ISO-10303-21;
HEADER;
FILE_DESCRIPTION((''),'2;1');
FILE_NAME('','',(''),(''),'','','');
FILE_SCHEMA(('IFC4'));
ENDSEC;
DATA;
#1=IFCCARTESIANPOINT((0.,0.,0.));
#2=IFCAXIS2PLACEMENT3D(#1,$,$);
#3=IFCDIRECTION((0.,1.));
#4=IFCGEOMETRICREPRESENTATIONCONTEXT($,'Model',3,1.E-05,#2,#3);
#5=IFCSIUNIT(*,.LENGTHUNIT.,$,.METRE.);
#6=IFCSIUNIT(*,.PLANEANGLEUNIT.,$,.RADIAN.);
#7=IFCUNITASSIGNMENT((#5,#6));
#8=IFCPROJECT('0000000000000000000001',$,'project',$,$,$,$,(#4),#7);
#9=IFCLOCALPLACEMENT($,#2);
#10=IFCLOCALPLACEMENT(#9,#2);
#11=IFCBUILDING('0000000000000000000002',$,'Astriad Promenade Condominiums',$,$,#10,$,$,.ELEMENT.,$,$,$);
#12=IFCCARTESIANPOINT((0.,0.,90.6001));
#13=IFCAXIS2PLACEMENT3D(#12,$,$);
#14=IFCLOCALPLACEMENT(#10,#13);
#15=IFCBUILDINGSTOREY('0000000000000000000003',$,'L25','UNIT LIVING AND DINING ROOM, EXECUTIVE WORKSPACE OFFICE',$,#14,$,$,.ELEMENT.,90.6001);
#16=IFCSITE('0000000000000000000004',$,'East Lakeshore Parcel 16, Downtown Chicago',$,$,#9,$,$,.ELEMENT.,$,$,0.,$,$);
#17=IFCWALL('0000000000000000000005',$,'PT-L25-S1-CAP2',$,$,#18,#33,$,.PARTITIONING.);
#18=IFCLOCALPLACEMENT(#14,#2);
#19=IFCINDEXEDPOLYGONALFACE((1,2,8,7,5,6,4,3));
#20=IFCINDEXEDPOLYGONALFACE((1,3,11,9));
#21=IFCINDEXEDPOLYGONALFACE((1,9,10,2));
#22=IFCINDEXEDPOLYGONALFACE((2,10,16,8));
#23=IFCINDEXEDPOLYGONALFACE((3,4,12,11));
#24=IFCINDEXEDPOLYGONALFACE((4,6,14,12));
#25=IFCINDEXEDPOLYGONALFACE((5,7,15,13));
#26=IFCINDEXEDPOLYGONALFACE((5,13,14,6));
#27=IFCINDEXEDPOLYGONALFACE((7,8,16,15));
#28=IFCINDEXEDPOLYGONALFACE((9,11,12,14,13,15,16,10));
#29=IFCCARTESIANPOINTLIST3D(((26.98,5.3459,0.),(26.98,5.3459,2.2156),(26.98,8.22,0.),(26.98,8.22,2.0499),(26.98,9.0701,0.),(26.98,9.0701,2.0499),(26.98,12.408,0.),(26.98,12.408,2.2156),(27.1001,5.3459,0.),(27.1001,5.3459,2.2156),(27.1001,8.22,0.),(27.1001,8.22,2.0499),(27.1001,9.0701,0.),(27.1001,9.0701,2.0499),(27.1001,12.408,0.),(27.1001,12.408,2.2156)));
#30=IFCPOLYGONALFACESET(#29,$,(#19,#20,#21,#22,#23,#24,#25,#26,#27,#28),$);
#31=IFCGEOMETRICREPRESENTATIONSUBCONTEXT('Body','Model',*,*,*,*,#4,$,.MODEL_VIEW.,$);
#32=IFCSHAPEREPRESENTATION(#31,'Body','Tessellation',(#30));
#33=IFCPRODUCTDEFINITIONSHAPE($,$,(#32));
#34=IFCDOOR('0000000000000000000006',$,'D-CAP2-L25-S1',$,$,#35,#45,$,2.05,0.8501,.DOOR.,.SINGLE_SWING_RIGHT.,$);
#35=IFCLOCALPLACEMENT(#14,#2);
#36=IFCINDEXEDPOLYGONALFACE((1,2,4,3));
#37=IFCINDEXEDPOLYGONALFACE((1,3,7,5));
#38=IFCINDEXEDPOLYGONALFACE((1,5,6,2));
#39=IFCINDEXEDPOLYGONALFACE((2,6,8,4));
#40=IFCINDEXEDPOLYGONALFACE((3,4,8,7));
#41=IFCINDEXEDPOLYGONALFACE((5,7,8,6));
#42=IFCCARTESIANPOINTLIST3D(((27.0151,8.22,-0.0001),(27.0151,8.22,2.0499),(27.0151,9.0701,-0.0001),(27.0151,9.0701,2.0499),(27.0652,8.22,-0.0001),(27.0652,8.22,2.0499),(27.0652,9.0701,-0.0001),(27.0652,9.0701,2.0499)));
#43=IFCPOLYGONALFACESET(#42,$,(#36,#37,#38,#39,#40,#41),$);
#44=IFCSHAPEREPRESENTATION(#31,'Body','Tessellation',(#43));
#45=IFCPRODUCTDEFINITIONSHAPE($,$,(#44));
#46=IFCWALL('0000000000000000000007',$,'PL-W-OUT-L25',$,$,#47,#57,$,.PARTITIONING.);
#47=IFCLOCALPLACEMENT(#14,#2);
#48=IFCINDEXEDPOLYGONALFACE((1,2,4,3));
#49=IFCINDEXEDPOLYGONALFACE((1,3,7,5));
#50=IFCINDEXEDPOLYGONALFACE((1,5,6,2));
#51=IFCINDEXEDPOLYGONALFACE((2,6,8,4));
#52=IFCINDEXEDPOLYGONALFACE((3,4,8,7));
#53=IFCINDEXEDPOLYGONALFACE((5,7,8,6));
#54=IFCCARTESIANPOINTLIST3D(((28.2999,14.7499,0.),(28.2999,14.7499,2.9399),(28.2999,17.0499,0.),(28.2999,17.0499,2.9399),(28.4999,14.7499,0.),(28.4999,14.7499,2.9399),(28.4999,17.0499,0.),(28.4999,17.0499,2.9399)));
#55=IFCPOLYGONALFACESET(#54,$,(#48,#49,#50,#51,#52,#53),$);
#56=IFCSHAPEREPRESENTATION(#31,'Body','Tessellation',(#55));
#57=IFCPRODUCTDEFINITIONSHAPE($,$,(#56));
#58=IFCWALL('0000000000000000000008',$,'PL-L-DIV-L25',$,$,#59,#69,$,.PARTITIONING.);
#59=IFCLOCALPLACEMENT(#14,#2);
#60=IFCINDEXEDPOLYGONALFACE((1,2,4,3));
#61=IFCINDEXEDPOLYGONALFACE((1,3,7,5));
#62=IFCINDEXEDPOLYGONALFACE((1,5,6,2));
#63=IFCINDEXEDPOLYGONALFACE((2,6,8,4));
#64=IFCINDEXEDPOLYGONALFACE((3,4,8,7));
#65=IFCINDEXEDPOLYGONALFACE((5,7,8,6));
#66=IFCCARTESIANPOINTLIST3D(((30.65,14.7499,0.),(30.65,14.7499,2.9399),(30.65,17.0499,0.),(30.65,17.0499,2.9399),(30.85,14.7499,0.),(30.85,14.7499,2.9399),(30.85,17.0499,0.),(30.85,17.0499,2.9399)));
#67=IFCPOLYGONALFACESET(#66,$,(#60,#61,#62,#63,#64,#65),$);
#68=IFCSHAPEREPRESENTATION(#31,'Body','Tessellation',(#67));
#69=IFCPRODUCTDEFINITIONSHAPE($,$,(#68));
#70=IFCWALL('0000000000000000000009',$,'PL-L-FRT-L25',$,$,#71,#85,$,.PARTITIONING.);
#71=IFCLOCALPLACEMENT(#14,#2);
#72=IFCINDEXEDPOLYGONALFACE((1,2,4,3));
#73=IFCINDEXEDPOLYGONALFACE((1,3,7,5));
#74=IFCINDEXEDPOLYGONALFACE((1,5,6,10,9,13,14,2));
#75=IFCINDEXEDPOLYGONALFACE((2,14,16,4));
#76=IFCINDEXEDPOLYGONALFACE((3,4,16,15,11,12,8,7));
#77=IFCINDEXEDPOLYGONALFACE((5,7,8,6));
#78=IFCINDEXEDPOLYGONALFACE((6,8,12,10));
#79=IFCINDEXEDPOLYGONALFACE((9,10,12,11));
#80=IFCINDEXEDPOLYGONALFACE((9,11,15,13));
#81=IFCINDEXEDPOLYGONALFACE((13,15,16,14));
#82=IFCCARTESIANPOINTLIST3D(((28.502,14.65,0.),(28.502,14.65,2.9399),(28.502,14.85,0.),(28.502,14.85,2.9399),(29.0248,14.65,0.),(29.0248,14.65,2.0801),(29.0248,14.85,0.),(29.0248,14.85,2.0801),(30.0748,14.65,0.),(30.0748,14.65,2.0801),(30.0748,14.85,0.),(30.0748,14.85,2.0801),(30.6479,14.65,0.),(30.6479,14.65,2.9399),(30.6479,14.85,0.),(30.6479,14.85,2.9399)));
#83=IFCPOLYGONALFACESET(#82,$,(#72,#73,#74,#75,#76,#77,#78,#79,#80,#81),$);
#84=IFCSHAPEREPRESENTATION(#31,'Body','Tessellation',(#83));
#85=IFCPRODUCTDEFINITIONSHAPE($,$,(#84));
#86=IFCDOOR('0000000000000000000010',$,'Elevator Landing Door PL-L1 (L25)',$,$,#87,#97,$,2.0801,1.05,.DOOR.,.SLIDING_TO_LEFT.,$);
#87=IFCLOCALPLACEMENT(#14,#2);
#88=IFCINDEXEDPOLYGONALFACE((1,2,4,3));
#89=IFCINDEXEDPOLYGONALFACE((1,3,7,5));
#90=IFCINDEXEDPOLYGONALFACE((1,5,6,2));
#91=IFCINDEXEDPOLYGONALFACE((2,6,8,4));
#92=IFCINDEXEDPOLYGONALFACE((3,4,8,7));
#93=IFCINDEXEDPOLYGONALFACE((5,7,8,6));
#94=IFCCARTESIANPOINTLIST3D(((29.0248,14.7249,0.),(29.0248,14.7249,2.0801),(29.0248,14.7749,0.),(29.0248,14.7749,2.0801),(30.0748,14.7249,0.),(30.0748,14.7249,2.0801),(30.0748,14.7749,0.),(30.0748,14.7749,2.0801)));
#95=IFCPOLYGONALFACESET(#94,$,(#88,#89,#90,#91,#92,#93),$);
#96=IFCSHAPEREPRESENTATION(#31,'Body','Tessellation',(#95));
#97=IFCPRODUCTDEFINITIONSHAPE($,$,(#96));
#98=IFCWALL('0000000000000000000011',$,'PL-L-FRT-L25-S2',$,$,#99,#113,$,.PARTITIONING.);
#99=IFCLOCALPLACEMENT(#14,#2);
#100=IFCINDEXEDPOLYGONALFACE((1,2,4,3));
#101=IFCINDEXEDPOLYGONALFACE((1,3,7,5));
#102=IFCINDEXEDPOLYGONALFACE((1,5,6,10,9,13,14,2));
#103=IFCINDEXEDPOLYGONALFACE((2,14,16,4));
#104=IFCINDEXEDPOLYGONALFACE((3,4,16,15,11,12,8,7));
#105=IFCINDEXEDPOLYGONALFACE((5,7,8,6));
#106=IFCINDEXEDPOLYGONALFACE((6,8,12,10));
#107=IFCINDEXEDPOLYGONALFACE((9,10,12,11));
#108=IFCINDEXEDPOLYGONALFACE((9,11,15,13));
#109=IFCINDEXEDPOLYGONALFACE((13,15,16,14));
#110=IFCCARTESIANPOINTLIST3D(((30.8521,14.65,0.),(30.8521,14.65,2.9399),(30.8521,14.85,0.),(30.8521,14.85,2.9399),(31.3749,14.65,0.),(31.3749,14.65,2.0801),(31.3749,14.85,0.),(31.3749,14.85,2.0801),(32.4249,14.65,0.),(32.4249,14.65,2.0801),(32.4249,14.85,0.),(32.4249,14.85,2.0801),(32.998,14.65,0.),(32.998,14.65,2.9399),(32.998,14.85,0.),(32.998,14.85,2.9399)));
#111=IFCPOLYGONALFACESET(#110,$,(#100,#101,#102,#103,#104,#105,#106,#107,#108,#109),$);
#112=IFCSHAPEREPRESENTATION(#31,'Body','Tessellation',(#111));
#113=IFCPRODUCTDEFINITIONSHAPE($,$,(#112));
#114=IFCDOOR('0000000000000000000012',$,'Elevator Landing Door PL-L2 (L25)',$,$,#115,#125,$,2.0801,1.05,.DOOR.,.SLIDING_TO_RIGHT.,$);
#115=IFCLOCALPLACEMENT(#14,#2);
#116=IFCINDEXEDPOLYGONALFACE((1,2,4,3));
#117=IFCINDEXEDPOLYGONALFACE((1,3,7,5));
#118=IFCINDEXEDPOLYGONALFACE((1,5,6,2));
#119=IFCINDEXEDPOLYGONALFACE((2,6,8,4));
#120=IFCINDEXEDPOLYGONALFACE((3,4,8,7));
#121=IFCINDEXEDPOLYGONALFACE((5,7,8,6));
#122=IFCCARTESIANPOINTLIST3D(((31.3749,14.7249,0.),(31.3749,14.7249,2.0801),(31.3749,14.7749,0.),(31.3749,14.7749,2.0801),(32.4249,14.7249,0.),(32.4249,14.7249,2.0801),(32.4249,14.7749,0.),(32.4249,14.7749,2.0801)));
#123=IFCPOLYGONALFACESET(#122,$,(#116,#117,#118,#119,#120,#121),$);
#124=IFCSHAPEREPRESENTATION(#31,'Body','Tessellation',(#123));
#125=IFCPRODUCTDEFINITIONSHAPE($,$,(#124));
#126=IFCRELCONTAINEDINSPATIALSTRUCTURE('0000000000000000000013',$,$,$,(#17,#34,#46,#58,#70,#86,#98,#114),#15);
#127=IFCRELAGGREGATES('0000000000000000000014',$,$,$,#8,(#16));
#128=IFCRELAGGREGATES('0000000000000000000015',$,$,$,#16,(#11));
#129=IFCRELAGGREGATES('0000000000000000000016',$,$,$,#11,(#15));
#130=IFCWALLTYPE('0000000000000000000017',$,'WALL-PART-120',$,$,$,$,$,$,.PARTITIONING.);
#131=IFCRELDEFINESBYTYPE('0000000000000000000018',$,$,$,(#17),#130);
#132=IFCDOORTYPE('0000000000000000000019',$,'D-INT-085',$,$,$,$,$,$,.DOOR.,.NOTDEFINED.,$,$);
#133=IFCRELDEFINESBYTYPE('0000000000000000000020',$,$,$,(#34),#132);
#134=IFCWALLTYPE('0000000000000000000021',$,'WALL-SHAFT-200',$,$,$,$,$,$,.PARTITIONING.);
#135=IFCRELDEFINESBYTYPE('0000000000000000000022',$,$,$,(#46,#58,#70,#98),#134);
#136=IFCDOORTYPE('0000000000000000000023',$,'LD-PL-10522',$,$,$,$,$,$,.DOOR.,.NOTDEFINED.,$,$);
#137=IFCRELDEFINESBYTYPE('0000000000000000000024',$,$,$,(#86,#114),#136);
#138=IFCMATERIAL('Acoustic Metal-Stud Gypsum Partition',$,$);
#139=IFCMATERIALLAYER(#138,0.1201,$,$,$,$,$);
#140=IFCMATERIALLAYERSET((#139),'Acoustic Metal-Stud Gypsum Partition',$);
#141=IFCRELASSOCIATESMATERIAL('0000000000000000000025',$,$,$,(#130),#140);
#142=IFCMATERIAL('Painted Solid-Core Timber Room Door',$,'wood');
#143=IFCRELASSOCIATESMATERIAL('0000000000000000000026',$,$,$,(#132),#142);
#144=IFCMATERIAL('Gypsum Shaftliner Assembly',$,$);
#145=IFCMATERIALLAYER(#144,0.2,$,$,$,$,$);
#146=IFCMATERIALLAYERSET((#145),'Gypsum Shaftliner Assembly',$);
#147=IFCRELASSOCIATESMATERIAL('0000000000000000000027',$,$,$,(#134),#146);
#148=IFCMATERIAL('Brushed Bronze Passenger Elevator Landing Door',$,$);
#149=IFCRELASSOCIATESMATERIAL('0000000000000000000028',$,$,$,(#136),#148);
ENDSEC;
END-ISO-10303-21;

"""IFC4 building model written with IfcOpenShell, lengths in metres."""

from ifc_helpers import new_model, si_unit, direction, frame, frame_2d, origin, place, context, subcontext, project, spatial, rectangle, extrude, source, transform, mapped, material, layer, layer_set, type_object, type_shapes, element, fill, save


model = new_model("IFC4")

# Units and contexts
model_context = context("Model", 3, precision=1e-05, world=origin(), true_north=direction((0.0, 1.0)))
body_context = subcontext(model_context, "Body", "Model", "MODEL_VIEW")
ifc_project = project(units=[si_unit("LENGTHUNIT", "METRE"), si_unit("PLANEANGLEUNIT", "RADIAN")], contexts=[model_context])

# Site, building, storey
site_placement = place(None, origin())
site = spatial("IfcSite", under=ifc_project, at=site_placement, Name="East Lakeshore Parcel 16, Downtown Chicago", CompositionType="ELEMENT", RefElevation=0.0)
building_placement = place(site_placement, origin())
building = spatial("IfcBuilding", under=site, at=building_placement, Name="Astriad Promenade Condominiums", CompositionType="ELEMENT")
storey_placement = place(building_placement, frame((0.0, 0.0, 90.6001)))
storey = spatial("IfcBuildingStorey", under=building, at=storey_placement, Name="L25", Description="UNIT LIVING AND DINING ROOM, EXECUTIVE WORKSPACE OFFICE", CompositionType="ELEMENT", Elevation=90.6001)

# Shared definitions
ifc_material_1 = material(Name="Acoustic Metal-Stud Gypsum Partition")
ifc_layer_1 = layer(ifc_material_1, 0.1201)
ifc_layer_set_1 = layer_set([ifc_layer_1], Name="Acoustic Metal-Stud Gypsum Partition")
wall_type_1 = type_object("IfcWallType", Name="WALL-PART-120", PredefinedType="PARTITIONING", material=ifc_layer_set_1)
ifc_material_2 = material(Name="Painted Solid-Core Timber Room Door", Category="wood")
door_type_1 = type_object("IfcDoorType", Name="D-INT-085", OperationType="NOTDEFINED", PredefinedType="DOOR", material=ifc_material_2)
shared_shape_1 = source(origin(), body_context, "Body", "SweptSolid", [
    extrude(rectangle(XDim=0.8501, YDim=2.05, at=frame_2d((0.425, 1.0249))), frame((0.0, 0.0249, 0.0), z_axis=(0.0, -1.0, 0.0), x_axis=(1.0, 0.0, 0.0)), (0.0, 0.0, 1.0), 0.05),
])
type_shapes(door_type_1, [shared_shape_1])

# Wall, opening, door
wall_1_placement = place(storey_placement, frame((27.04, 5.3459, 0.0), z_axis=(0.0, 0.0, 1.0), x_axis=(0.0, 1.0, 0.0)))
wall_1 = element("IfcWall", 1, at=wall_1_placement, inside=storey, type_object=wall_type_1, Name="PT-L25-S1-CAP2", PredefinedType="PARTITIONING", context=body_context, shape_type="SweptSolid", body=[
    extrude(rectangle(XDim=7.062, YDim=0.1201, at=frame_2d((3.531, 0.0))), origin(), (0.0, 0.0, 1.0), 2.2156),
])
opening_1_placement = place(wall_1_placement, frame((2.874, 0.0, 0.0)))
opening_1 = element("IfcOpeningElement", 2, at=opening_1_placement, cuts=wall_1, PredefinedType="OPENING", context=body_context, shape_type="SweptSolid", body=[
    extrude(rectangle(XDim=0.8501, YDim=2.05, at=frame_2d((0.425, 1.0249))), frame((0.0, 0.0701, 0.0), z_axis=(0.0, -1.0, 0.0), x_axis=(1.0, 0.0, 0.0)), (0.0, 0.0, 1.0), 0.1401),
])
door_1_placement = place(opening_1_placement, origin())
door_1 = element("IfcDoor", 3, at=door_1_placement, inside=storey, type_object=door_type_1, Name="D-CAP2-L25-S1", OperationType="SINGLE_SWING_RIGHT", OverallHeight=2.05, OverallWidth=0.8501, PredefinedType="DOOR", context=body_context, shape_type="MappedRepresentation", body=[
    mapped(shared_shape_1, transform((0.0, 0.0, 0.0), scale=1.0)),
])
fill(opening_1, door_1)

# Walls
ifc_material_3 = material(Name="Gypsum Shaftliner Assembly")
ifc_layer_2 = layer(ifc_material_3, 0.2)
ifc_layer_set_2 = layer_set([ifc_layer_2], Name="Gypsum Shaftliner Assembly")
wall_type_2 = type_object("IfcWallType", Name="WALL-SHAFT-200", PredefinedType="PARTITIONING", material=ifc_layer_set_2)
for number, where, z_axis, x_axis, name in (
    (4, (28.3999, 14.75, 0.0), (0.0, 0.0, 1.0), (0.0, 1.0, 0.0), "PL-W-OUT-L25"),
    (5, (30.75, 14.75, 0.0), (0.0, 0.0, 1.0), (0.0, 1.0, 0.0), "PL-L-DIV-L25"),
):
    element("IfcWall", number, at=place(storey_placement, frame(where, z_axis=z_axis, x_axis=x_axis)), inside=storey, type_object=wall_type_2, Name=name, PredefinedType="PARTITIONING", context=body_context, shape_type="SweptSolid", body=[
        extrude(rectangle(XDim=2.3, YDim=0.2, at=frame_2d((1.1499, 0.0))), origin(), (0.0, 0.0, 1.0), 2.9399),
    ])

# Walls, openings, doors
wall_2_placement = place(storey_placement, frame((28.502, 14.75, 0.0), z_axis=(0.0, 0.0, 1.0), x_axis=(1.0, 0.0, 0.0)))
wall_2 = element("IfcWall", 6, at=wall_2_placement, inside=storey, type_object=wall_type_2, Name="PL-L-FRT-L25", PredefinedType="PARTITIONING", context=body_context, shape_type="SweptSolid", body=[
    extrude(rectangle(XDim=2.146, YDim=0.2, at=frame_2d((1.073, 0.0))), origin(), (0.0, 0.0, 1.0), 2.9399),
])
opening_2_placement = place(wall_2_placement, frame((0.5229, 0.0, 0.0)))
opening_2 = element("IfcOpeningElement", 7, at=opening_2_placement, cuts=wall_2, PredefinedType="OPENING", context=body_context, shape_type="SweptSolid", body=[
    extrude(rectangle(XDim=1.05, YDim=2.0801, at=frame_2d((0.5249, 1.04))), frame((0.0, 0.1099, 0.0), z_axis=(0.0, -1.0, 0.0), x_axis=(1.0, 0.0, 0.0)), (0.0, 0.0, 1.0), 0.22),
])
ifc_material_4 = material(Name="Brushed Bronze Passenger Elevator Landing Door")
door_type_2 = type_object("IfcDoorType", Name="LD-PL-10522", OperationType="NOTDEFINED", PredefinedType="DOOR", material=ifc_material_4)
shared_shape_2 = source(origin(), body_context, "Body", "SweptSolid", [
    extrude(rectangle(XDim=1.05, YDim=2.0801, at=frame_2d((0.5249, 1.04))), frame((0.0, 0.0249, 0.0), z_axis=(0.0, -1.0, 0.0), x_axis=(1.0, 0.0, 0.0)), (0.0, 0.0, 1.0), 0.05),
])
type_shapes(door_type_2, [shared_shape_2])
door_2_placement = place(opening_2_placement, origin())
door_2 = element("IfcDoor", 8, at=door_2_placement, inside=storey, type_object=door_type_2, Name="Elevator Landing Door PL-L1 (L25)", OperationType="SLIDING_TO_LEFT", OverallHeight=2.0801, OverallWidth=1.05, PredefinedType="DOOR", context=body_context, shape_type="MappedRepresentation", body=[
    mapped(shared_shape_2, transform((0.0, 0.0, 0.0), scale=1.0)),
])
fill(opening_2, door_2)
wall_3_placement = place(storey_placement, frame((30.8521, 14.75, 0.0), z_axis=(0.0, 0.0, 1.0), x_axis=(1.0, 0.0, 0.0)))
wall_3 = element("IfcWall", 9, at=wall_3_placement, inside=storey, type_object=wall_type_2, Name="PL-L-FRT-L25-S2", PredefinedType="PARTITIONING", context=body_context, shape_type="SweptSolid", body=[
    extrude(rectangle(XDim=2.146, YDim=0.2, at=frame_2d((1.073, 0.0))), origin(), (0.0, 0.0, 1.0), 2.9399),
])
opening_3_placement = place(wall_3_placement, frame((0.5229, 0.0, 0.0)))
opening_3 = element("IfcOpeningElement", 10, at=opening_3_placement, cuts=wall_3, PredefinedType="OPENING", context=body_context, shape_type="SweptSolid", body=[
    extrude(rectangle(XDim=1.05, YDim=2.0801, at=frame_2d((0.5249, 1.04))), frame((0.0, 0.1099, 0.0), z_axis=(0.0, -1.0, 0.0), x_axis=(1.0, 0.0, 0.0)), (0.0, 0.0, 1.0), 0.22),
])
door_3_placement = place(opening_3_placement, origin())
door_3 = element("IfcDoor", 11, at=door_3_placement, inside=storey, type_object=door_type_2, Name="Elevator Landing Door PL-L2 (L25)", OperationType="SLIDING_TO_RIGHT", OverallHeight=2.0801, OverallWidth=1.05, PredefinedType="DOOR", context=body_context, shape_type="MappedRepresentation", body=[
    mapped(shared_shape_2, transform((0.0, 0.0, 0.0), scale=1.0)),
])
fill(opening_3, door_3)

save(model, "model.ifc")
